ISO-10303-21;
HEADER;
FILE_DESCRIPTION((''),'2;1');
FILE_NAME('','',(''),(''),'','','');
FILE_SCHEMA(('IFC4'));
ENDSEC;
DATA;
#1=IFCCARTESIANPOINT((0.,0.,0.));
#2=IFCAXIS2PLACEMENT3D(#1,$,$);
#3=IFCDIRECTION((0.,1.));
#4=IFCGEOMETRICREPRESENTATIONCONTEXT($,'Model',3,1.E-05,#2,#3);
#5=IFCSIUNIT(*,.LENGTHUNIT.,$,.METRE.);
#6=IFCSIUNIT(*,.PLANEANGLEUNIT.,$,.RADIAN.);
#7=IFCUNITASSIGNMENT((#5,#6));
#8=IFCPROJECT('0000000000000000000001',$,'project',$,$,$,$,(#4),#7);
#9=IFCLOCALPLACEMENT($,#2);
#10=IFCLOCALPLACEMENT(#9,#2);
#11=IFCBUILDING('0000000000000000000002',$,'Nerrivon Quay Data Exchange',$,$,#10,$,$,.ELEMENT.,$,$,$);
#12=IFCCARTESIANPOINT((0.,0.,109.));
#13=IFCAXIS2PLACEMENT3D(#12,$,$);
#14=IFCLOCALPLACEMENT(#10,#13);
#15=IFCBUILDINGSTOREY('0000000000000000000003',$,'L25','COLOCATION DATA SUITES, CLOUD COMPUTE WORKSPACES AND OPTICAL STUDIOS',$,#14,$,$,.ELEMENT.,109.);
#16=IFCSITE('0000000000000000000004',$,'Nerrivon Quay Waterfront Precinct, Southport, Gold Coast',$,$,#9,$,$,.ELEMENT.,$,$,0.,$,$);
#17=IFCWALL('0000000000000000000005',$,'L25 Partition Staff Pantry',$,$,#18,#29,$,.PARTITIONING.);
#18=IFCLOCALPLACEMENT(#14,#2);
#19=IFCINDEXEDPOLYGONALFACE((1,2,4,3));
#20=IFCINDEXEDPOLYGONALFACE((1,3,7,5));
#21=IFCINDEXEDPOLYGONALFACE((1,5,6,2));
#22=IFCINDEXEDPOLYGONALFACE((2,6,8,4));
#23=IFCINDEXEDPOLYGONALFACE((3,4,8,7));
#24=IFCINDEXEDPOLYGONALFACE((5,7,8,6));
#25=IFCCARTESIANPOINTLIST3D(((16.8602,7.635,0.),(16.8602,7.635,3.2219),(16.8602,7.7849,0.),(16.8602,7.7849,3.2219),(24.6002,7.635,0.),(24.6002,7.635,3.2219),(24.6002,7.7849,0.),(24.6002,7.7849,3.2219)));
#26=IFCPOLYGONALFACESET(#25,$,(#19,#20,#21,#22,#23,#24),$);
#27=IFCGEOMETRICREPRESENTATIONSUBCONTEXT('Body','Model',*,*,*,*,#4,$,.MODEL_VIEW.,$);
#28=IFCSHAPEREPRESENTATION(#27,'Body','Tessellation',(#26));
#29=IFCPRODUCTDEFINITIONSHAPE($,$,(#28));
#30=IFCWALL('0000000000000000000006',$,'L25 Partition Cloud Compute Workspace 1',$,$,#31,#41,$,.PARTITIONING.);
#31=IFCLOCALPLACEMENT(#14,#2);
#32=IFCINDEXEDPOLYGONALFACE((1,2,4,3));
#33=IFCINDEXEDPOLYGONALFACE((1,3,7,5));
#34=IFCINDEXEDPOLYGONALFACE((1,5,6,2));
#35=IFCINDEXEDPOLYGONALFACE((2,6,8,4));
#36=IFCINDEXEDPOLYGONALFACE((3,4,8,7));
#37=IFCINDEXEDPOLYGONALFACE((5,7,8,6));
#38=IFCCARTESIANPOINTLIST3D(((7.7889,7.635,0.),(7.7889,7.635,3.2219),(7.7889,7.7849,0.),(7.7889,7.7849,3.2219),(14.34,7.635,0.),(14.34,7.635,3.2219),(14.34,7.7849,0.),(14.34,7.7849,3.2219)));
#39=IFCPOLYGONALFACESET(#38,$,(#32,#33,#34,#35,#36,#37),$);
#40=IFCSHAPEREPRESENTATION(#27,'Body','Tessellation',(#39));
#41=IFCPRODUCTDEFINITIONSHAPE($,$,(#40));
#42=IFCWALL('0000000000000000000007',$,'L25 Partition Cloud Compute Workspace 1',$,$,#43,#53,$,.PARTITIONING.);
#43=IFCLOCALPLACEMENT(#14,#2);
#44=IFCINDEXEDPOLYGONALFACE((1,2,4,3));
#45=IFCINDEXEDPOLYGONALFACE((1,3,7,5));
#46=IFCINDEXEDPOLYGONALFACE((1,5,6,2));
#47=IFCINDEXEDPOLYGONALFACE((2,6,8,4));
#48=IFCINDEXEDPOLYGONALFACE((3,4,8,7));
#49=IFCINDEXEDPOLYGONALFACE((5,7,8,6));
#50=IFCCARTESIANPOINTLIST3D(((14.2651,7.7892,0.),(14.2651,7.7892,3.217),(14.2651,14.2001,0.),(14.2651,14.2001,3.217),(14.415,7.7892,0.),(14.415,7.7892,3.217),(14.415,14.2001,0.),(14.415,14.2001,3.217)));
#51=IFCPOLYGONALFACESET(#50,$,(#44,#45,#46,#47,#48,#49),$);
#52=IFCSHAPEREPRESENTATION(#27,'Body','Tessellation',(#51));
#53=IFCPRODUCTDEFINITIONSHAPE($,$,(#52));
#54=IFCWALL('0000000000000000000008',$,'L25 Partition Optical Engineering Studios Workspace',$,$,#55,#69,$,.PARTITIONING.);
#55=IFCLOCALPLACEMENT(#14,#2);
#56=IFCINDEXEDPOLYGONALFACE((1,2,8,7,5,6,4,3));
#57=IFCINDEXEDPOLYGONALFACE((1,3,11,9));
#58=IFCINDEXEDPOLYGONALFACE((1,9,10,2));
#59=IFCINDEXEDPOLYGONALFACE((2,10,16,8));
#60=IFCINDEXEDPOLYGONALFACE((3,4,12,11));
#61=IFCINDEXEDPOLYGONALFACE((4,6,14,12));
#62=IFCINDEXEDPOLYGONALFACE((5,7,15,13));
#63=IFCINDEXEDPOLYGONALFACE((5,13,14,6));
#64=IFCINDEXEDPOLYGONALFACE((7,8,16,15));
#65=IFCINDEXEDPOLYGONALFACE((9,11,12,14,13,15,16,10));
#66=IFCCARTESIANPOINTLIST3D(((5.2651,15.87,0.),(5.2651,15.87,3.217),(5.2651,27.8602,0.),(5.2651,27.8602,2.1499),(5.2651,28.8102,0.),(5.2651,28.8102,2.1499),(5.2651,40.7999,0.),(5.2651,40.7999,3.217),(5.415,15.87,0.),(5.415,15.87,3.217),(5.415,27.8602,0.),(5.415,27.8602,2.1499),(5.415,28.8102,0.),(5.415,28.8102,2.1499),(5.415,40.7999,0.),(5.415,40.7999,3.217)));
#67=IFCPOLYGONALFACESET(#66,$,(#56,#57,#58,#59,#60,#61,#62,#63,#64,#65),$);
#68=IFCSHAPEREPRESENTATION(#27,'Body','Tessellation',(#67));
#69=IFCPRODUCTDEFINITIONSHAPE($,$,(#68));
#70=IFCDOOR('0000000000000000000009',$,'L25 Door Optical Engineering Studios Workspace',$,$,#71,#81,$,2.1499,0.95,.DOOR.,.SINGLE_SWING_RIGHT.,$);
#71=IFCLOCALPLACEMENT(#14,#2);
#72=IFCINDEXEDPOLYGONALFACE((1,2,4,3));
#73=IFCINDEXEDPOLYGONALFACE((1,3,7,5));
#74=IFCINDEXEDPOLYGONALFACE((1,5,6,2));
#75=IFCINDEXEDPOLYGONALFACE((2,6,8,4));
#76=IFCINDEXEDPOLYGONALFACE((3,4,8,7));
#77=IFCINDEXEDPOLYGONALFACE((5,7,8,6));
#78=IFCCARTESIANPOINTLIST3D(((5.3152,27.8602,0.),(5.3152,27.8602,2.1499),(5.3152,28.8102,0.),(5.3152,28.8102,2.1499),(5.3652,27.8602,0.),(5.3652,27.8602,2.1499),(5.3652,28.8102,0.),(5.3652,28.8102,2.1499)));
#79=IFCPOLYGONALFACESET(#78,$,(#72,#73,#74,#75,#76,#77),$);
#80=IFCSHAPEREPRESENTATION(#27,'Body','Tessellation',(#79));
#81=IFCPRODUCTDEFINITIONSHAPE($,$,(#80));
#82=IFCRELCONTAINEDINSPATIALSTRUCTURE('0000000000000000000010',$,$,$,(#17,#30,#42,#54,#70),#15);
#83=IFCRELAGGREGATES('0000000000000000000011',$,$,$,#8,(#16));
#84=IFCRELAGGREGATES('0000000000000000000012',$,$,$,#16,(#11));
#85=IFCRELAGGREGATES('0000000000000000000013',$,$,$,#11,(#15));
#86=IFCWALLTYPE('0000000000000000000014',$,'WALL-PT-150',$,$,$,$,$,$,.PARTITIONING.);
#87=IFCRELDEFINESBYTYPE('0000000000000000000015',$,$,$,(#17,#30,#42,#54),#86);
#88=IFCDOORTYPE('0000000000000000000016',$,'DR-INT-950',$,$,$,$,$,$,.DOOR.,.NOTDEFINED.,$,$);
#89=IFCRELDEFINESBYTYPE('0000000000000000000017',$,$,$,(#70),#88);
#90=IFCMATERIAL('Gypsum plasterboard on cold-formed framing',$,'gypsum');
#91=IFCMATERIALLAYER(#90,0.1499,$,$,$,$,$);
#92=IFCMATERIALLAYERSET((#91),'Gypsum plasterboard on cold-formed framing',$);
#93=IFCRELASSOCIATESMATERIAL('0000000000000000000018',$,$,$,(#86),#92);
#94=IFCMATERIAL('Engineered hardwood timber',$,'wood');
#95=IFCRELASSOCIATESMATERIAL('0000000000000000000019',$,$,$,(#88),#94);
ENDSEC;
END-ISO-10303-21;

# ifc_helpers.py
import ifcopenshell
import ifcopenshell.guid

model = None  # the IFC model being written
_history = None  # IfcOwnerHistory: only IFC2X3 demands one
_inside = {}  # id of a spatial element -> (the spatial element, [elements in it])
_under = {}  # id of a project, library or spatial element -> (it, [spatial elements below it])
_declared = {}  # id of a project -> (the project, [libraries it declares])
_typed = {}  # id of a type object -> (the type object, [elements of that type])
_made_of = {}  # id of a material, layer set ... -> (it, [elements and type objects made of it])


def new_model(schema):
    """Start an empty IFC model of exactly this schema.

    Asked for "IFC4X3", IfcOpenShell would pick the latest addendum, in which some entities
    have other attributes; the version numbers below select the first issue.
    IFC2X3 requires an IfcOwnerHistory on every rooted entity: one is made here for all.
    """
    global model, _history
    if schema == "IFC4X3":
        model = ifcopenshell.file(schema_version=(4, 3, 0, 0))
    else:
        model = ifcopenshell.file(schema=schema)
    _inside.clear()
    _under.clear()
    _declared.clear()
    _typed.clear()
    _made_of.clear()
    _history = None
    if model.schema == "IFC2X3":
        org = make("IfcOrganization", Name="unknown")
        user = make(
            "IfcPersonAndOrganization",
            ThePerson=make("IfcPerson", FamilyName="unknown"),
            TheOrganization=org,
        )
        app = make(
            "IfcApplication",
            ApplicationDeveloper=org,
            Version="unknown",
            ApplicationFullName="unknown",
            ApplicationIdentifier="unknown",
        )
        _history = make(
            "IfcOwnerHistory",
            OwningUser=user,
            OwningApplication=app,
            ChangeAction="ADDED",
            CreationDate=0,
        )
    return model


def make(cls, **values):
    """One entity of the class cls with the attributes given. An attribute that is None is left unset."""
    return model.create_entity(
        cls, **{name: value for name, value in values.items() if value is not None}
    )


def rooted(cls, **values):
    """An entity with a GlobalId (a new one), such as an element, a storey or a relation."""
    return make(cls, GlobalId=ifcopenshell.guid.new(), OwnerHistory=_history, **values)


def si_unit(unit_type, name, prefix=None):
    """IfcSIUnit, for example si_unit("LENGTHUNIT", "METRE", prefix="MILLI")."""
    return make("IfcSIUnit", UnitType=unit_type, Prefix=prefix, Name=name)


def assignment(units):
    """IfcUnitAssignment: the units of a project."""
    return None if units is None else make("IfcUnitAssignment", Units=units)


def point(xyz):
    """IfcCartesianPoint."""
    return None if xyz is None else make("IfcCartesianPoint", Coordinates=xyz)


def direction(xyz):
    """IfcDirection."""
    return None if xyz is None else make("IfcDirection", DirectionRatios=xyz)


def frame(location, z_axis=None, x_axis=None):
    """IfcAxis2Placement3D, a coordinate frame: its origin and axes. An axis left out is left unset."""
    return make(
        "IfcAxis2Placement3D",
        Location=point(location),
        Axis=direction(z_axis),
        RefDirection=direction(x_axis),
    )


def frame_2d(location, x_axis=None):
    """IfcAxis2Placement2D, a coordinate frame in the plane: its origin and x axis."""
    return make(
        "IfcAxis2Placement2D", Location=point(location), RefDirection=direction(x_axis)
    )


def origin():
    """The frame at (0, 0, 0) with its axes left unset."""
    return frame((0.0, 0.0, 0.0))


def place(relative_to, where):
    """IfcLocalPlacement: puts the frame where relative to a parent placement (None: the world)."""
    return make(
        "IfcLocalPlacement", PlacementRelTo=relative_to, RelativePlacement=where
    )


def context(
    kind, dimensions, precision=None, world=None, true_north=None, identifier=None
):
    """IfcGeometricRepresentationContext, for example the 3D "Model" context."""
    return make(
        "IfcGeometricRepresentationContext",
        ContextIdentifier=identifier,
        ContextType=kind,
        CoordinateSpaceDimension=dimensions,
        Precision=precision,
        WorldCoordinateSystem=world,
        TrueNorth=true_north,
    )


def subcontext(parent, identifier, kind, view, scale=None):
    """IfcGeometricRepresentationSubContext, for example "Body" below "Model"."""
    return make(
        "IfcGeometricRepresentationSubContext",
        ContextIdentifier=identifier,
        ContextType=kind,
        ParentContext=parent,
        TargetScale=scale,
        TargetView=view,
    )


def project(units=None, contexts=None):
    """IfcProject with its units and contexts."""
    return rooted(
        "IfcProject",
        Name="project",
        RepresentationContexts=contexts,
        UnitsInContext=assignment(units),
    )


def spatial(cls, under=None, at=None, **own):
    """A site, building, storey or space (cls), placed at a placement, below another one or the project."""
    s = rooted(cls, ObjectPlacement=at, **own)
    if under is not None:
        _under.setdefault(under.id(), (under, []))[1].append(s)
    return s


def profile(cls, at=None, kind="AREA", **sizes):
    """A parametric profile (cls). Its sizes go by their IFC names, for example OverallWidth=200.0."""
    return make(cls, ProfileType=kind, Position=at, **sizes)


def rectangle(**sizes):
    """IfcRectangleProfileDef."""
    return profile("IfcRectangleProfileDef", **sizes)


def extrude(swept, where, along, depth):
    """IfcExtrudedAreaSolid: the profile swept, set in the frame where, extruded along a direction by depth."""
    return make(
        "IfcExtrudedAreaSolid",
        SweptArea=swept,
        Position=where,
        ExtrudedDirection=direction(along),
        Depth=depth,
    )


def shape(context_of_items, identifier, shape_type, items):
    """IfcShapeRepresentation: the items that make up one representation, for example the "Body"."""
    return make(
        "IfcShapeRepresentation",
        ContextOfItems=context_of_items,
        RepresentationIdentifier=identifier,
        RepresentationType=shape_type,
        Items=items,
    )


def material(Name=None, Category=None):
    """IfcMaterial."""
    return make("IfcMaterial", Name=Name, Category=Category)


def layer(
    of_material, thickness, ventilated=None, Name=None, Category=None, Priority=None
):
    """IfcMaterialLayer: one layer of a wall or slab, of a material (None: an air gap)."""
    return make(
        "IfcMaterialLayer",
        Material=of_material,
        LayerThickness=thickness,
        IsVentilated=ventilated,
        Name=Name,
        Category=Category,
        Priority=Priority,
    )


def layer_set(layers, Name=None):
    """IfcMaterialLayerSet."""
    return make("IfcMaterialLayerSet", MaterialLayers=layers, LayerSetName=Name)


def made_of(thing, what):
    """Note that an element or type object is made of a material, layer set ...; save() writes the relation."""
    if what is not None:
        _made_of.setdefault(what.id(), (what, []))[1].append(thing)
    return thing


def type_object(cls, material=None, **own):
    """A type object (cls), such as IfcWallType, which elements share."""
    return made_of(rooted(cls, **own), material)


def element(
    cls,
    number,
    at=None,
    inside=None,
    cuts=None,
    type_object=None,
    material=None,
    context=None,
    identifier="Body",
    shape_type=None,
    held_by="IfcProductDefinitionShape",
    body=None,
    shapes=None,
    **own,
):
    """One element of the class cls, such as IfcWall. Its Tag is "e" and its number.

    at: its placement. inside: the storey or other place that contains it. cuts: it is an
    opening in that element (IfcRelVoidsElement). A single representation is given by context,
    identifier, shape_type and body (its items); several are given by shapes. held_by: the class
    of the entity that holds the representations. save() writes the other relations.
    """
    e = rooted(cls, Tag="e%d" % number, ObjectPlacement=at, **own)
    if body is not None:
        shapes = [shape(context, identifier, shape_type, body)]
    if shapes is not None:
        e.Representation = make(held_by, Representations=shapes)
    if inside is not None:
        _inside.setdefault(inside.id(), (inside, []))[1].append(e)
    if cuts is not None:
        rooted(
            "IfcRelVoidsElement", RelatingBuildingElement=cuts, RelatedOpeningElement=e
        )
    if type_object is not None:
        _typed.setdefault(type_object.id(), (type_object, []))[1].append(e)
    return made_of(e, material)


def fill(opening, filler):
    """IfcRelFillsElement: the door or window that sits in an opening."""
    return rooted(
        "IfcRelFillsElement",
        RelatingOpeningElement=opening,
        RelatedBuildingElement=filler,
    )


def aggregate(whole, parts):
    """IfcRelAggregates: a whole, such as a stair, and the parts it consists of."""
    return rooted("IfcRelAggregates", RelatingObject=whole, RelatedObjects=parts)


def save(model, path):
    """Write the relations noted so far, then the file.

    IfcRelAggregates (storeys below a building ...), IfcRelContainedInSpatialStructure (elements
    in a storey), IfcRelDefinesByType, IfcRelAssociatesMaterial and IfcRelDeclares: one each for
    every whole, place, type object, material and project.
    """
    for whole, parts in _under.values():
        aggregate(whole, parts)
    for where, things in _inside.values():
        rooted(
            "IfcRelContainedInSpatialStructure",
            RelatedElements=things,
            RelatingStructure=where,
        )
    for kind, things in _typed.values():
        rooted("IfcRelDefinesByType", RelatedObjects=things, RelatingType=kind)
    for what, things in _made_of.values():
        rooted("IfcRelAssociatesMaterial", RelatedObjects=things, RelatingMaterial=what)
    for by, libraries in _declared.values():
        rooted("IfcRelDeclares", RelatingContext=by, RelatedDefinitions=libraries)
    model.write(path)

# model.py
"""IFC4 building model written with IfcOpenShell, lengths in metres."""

from ifc_helpers import new_model, si_unit, direction, frame, frame_2d, origin, place, context, subcontext, project, spatial, rectangle, extrude, material, layer, layer_set, type_object, element, fill, save


model = new_model("IFC4")

# Units and contexts
model_context = context("Model", 3, precision=1e-05, world=origin(), true_north=direction((0.0, 1.0)))
body_context = subcontext(model_context, "Body", "Model", "MODEL_VIEW")
ifc_project = project(units=[si_unit("LENGTHUNIT", "METRE"), si_unit("PLANEANGLEUNIT", "RADIAN")], contexts=[model_context])

# Site, building, storey
site_placement = place(None, origin())
site = spatial("IfcSite", under=ifc_project, at=site_placement, Name="Nerrivon Quay Waterfront Precinct, Southport, Gold Coast", CompositionType="ELEMENT", RefElevation=0.0)
building_placement = place(site_placement, origin())
building = spatial("IfcBuilding", under=site, at=building_placement, Name="Nerrivon Quay Data Exchange", CompositionType="ELEMENT")
storey_placement = place(building_placement, frame((0.0, 0.0, 109.0)))
storey = spatial("IfcBuildingStorey", under=building, at=storey_placement, Name="L25", Description="COLOCATION DATA SUITES, CLOUD COMPUTE WORKSPACES AND OPTICAL STUDIOS", CompositionType="ELEMENT", Elevation=109.0)

# Shared definitions
ifc_material_1 = material(Name="Gypsum plasterboard on cold-formed framing", Category="gypsum")

# Shared definitions
ifc_material_2 = material(Name="Engineered hardwood timber", Category="wood")

# Walls
ifc_layer_1 = layer(ifc_material_1, 0.1499)
ifc_layer_set_1 = layer_set([ifc_layer_1], Name="Gypsum plasterboard on cold-formed framing")
wall_type_1 = type_object("IfcWallType", Name="WALL-PT-150", PredefinedType="PARTITIONING", material=ifc_layer_set_1)
wall_1_placement = place(storey_placement, frame((16.8601, 7.71, 0.0), z_axis=(0.0, 0.0, 1.0), x_axis=(1.0, 0.0, 0.0)))
element("IfcWall", 1, at=wall_1_placement, inside=storey, type_object=wall_type_1, Name="L25 Partition Staff Pantry", PredefinedType="PARTITIONING", context=body_context, shape_type="SweptSolid", body=[
    extrude(rectangle(XDim=7.74, YDim=0.1499, at=frame_2d((3.8701, 0.0))), origin(), (0.0, 0.0, 1.0), 3.2219),
])
wall_2_placement = place(storey_placement, frame((7.7891, 7.71, 0.0), z_axis=(0.0, 0.0, 1.0), x_axis=(1.0, 0.0, 0.0)))
element("IfcWall", 2, at=wall_2_placement, inside=storey, type_object=wall_type_1, Name="L25 Partition Cloud Compute Workspace 1", PredefinedType="PARTITIONING", context=body_context, shape_type="SweptSolid", body=[
    extrude(rectangle(XDim=6.551, YDim=0.1499, at=frame_2d((3.2754, 0.0))), origin(), (0.0, 0.0, 1.0), 3.2219),
])
wall_3_placement = place(storey_placement, frame((14.3401, 7.7891, 0.0), z_axis=(0.0, 0.0, 1.0), x_axis=(0.0, 1.0, 0.0)))
element("IfcWall", 3, at=wall_3_placement, inside=storey, type_object=wall_type_1, Name="L25 Partition Cloud Compute Workspace 1", PredefinedType="PARTITIONING", context=body_context, shape_type="SweptSolid", body=[
    extrude(rectangle(XDim=6.4109, YDim=0.1499, at=frame_2d((3.2056, 0.0))), origin(), (0.0, 0.0, 1.0), 3.217),
])

# Wall, opening, door
wall_4_placement = place(storey_placement, frame((5.3401, 15.8701, 0.0), z_axis=(0.0, 0.0, 1.0), x_axis=(0.0, 1.0, 0.0)))
wall_4 = element("IfcWall", 4, at=wall_4_placement, inside=storey, type_object=wall_type_1, Name="L25 Partition Optical Engineering Studios Workspace", PredefinedType="PARTITIONING", context=body_context, shape_type="SweptSolid", body=[
    extrude(rectangle(XDim=24.9299, YDim=0.1499, at=frame_2d((12.4648, 0.0))), origin(), (0.0, 0.0, 1.0), 3.217),
])
opening_1_placement = place(wall_4_placement, frame((11.99, 0.0, 0.0)))
opening_1 = element("IfcOpeningElement", 5, at=opening_1_placement, cuts=wall_4, PredefinedType="OPENING", context=body_context, shape_type="SweptSolid", body=[
    extrude(rectangle(XDim=0.95, YDim=2.1499, at=frame_2d((0.4751, 1.075))), frame((0.0, 0.085, 0.0), z_axis=(0.0, -1.0, 0.0), x_axis=(1.0, 0.0, 0.0)), (0.0, 0.0, 1.0), 0.1699),
])
door_type_1 = type_object("IfcDoorType", Name="DR-INT-950", OperationType="NOTDEFINED", PredefinedType="DOOR", material=ifc_material_2)
door_1_placement = place(opening_1_placement, origin())
door_1 = element("IfcDoor", 6, at=door_1_placement, inside=storey, type_object=door_type_1, Name="L25 Door Optical Engineering Studios Workspace", OperationType="SINGLE_SWING_RIGHT", OverallHeight=2.1499, OverallWidth=0.95, PredefinedType="DOOR", context=body_context, shape_type="SweptSolid", body=[
    extrude(rectangle(XDim=0.95, YDim=2.1499, at=frame_2d((0.4751, 1.075))), frame((0.0, 0.0249, 0.0), z_axis=(0.0, -1.0, 0.0), x_axis=(1.0, 0.0, 0.0)), (0.0, 0.0, 1.0), 0.05),
])
fill(opening_1, door_1)

save(model, "model.ifc")
